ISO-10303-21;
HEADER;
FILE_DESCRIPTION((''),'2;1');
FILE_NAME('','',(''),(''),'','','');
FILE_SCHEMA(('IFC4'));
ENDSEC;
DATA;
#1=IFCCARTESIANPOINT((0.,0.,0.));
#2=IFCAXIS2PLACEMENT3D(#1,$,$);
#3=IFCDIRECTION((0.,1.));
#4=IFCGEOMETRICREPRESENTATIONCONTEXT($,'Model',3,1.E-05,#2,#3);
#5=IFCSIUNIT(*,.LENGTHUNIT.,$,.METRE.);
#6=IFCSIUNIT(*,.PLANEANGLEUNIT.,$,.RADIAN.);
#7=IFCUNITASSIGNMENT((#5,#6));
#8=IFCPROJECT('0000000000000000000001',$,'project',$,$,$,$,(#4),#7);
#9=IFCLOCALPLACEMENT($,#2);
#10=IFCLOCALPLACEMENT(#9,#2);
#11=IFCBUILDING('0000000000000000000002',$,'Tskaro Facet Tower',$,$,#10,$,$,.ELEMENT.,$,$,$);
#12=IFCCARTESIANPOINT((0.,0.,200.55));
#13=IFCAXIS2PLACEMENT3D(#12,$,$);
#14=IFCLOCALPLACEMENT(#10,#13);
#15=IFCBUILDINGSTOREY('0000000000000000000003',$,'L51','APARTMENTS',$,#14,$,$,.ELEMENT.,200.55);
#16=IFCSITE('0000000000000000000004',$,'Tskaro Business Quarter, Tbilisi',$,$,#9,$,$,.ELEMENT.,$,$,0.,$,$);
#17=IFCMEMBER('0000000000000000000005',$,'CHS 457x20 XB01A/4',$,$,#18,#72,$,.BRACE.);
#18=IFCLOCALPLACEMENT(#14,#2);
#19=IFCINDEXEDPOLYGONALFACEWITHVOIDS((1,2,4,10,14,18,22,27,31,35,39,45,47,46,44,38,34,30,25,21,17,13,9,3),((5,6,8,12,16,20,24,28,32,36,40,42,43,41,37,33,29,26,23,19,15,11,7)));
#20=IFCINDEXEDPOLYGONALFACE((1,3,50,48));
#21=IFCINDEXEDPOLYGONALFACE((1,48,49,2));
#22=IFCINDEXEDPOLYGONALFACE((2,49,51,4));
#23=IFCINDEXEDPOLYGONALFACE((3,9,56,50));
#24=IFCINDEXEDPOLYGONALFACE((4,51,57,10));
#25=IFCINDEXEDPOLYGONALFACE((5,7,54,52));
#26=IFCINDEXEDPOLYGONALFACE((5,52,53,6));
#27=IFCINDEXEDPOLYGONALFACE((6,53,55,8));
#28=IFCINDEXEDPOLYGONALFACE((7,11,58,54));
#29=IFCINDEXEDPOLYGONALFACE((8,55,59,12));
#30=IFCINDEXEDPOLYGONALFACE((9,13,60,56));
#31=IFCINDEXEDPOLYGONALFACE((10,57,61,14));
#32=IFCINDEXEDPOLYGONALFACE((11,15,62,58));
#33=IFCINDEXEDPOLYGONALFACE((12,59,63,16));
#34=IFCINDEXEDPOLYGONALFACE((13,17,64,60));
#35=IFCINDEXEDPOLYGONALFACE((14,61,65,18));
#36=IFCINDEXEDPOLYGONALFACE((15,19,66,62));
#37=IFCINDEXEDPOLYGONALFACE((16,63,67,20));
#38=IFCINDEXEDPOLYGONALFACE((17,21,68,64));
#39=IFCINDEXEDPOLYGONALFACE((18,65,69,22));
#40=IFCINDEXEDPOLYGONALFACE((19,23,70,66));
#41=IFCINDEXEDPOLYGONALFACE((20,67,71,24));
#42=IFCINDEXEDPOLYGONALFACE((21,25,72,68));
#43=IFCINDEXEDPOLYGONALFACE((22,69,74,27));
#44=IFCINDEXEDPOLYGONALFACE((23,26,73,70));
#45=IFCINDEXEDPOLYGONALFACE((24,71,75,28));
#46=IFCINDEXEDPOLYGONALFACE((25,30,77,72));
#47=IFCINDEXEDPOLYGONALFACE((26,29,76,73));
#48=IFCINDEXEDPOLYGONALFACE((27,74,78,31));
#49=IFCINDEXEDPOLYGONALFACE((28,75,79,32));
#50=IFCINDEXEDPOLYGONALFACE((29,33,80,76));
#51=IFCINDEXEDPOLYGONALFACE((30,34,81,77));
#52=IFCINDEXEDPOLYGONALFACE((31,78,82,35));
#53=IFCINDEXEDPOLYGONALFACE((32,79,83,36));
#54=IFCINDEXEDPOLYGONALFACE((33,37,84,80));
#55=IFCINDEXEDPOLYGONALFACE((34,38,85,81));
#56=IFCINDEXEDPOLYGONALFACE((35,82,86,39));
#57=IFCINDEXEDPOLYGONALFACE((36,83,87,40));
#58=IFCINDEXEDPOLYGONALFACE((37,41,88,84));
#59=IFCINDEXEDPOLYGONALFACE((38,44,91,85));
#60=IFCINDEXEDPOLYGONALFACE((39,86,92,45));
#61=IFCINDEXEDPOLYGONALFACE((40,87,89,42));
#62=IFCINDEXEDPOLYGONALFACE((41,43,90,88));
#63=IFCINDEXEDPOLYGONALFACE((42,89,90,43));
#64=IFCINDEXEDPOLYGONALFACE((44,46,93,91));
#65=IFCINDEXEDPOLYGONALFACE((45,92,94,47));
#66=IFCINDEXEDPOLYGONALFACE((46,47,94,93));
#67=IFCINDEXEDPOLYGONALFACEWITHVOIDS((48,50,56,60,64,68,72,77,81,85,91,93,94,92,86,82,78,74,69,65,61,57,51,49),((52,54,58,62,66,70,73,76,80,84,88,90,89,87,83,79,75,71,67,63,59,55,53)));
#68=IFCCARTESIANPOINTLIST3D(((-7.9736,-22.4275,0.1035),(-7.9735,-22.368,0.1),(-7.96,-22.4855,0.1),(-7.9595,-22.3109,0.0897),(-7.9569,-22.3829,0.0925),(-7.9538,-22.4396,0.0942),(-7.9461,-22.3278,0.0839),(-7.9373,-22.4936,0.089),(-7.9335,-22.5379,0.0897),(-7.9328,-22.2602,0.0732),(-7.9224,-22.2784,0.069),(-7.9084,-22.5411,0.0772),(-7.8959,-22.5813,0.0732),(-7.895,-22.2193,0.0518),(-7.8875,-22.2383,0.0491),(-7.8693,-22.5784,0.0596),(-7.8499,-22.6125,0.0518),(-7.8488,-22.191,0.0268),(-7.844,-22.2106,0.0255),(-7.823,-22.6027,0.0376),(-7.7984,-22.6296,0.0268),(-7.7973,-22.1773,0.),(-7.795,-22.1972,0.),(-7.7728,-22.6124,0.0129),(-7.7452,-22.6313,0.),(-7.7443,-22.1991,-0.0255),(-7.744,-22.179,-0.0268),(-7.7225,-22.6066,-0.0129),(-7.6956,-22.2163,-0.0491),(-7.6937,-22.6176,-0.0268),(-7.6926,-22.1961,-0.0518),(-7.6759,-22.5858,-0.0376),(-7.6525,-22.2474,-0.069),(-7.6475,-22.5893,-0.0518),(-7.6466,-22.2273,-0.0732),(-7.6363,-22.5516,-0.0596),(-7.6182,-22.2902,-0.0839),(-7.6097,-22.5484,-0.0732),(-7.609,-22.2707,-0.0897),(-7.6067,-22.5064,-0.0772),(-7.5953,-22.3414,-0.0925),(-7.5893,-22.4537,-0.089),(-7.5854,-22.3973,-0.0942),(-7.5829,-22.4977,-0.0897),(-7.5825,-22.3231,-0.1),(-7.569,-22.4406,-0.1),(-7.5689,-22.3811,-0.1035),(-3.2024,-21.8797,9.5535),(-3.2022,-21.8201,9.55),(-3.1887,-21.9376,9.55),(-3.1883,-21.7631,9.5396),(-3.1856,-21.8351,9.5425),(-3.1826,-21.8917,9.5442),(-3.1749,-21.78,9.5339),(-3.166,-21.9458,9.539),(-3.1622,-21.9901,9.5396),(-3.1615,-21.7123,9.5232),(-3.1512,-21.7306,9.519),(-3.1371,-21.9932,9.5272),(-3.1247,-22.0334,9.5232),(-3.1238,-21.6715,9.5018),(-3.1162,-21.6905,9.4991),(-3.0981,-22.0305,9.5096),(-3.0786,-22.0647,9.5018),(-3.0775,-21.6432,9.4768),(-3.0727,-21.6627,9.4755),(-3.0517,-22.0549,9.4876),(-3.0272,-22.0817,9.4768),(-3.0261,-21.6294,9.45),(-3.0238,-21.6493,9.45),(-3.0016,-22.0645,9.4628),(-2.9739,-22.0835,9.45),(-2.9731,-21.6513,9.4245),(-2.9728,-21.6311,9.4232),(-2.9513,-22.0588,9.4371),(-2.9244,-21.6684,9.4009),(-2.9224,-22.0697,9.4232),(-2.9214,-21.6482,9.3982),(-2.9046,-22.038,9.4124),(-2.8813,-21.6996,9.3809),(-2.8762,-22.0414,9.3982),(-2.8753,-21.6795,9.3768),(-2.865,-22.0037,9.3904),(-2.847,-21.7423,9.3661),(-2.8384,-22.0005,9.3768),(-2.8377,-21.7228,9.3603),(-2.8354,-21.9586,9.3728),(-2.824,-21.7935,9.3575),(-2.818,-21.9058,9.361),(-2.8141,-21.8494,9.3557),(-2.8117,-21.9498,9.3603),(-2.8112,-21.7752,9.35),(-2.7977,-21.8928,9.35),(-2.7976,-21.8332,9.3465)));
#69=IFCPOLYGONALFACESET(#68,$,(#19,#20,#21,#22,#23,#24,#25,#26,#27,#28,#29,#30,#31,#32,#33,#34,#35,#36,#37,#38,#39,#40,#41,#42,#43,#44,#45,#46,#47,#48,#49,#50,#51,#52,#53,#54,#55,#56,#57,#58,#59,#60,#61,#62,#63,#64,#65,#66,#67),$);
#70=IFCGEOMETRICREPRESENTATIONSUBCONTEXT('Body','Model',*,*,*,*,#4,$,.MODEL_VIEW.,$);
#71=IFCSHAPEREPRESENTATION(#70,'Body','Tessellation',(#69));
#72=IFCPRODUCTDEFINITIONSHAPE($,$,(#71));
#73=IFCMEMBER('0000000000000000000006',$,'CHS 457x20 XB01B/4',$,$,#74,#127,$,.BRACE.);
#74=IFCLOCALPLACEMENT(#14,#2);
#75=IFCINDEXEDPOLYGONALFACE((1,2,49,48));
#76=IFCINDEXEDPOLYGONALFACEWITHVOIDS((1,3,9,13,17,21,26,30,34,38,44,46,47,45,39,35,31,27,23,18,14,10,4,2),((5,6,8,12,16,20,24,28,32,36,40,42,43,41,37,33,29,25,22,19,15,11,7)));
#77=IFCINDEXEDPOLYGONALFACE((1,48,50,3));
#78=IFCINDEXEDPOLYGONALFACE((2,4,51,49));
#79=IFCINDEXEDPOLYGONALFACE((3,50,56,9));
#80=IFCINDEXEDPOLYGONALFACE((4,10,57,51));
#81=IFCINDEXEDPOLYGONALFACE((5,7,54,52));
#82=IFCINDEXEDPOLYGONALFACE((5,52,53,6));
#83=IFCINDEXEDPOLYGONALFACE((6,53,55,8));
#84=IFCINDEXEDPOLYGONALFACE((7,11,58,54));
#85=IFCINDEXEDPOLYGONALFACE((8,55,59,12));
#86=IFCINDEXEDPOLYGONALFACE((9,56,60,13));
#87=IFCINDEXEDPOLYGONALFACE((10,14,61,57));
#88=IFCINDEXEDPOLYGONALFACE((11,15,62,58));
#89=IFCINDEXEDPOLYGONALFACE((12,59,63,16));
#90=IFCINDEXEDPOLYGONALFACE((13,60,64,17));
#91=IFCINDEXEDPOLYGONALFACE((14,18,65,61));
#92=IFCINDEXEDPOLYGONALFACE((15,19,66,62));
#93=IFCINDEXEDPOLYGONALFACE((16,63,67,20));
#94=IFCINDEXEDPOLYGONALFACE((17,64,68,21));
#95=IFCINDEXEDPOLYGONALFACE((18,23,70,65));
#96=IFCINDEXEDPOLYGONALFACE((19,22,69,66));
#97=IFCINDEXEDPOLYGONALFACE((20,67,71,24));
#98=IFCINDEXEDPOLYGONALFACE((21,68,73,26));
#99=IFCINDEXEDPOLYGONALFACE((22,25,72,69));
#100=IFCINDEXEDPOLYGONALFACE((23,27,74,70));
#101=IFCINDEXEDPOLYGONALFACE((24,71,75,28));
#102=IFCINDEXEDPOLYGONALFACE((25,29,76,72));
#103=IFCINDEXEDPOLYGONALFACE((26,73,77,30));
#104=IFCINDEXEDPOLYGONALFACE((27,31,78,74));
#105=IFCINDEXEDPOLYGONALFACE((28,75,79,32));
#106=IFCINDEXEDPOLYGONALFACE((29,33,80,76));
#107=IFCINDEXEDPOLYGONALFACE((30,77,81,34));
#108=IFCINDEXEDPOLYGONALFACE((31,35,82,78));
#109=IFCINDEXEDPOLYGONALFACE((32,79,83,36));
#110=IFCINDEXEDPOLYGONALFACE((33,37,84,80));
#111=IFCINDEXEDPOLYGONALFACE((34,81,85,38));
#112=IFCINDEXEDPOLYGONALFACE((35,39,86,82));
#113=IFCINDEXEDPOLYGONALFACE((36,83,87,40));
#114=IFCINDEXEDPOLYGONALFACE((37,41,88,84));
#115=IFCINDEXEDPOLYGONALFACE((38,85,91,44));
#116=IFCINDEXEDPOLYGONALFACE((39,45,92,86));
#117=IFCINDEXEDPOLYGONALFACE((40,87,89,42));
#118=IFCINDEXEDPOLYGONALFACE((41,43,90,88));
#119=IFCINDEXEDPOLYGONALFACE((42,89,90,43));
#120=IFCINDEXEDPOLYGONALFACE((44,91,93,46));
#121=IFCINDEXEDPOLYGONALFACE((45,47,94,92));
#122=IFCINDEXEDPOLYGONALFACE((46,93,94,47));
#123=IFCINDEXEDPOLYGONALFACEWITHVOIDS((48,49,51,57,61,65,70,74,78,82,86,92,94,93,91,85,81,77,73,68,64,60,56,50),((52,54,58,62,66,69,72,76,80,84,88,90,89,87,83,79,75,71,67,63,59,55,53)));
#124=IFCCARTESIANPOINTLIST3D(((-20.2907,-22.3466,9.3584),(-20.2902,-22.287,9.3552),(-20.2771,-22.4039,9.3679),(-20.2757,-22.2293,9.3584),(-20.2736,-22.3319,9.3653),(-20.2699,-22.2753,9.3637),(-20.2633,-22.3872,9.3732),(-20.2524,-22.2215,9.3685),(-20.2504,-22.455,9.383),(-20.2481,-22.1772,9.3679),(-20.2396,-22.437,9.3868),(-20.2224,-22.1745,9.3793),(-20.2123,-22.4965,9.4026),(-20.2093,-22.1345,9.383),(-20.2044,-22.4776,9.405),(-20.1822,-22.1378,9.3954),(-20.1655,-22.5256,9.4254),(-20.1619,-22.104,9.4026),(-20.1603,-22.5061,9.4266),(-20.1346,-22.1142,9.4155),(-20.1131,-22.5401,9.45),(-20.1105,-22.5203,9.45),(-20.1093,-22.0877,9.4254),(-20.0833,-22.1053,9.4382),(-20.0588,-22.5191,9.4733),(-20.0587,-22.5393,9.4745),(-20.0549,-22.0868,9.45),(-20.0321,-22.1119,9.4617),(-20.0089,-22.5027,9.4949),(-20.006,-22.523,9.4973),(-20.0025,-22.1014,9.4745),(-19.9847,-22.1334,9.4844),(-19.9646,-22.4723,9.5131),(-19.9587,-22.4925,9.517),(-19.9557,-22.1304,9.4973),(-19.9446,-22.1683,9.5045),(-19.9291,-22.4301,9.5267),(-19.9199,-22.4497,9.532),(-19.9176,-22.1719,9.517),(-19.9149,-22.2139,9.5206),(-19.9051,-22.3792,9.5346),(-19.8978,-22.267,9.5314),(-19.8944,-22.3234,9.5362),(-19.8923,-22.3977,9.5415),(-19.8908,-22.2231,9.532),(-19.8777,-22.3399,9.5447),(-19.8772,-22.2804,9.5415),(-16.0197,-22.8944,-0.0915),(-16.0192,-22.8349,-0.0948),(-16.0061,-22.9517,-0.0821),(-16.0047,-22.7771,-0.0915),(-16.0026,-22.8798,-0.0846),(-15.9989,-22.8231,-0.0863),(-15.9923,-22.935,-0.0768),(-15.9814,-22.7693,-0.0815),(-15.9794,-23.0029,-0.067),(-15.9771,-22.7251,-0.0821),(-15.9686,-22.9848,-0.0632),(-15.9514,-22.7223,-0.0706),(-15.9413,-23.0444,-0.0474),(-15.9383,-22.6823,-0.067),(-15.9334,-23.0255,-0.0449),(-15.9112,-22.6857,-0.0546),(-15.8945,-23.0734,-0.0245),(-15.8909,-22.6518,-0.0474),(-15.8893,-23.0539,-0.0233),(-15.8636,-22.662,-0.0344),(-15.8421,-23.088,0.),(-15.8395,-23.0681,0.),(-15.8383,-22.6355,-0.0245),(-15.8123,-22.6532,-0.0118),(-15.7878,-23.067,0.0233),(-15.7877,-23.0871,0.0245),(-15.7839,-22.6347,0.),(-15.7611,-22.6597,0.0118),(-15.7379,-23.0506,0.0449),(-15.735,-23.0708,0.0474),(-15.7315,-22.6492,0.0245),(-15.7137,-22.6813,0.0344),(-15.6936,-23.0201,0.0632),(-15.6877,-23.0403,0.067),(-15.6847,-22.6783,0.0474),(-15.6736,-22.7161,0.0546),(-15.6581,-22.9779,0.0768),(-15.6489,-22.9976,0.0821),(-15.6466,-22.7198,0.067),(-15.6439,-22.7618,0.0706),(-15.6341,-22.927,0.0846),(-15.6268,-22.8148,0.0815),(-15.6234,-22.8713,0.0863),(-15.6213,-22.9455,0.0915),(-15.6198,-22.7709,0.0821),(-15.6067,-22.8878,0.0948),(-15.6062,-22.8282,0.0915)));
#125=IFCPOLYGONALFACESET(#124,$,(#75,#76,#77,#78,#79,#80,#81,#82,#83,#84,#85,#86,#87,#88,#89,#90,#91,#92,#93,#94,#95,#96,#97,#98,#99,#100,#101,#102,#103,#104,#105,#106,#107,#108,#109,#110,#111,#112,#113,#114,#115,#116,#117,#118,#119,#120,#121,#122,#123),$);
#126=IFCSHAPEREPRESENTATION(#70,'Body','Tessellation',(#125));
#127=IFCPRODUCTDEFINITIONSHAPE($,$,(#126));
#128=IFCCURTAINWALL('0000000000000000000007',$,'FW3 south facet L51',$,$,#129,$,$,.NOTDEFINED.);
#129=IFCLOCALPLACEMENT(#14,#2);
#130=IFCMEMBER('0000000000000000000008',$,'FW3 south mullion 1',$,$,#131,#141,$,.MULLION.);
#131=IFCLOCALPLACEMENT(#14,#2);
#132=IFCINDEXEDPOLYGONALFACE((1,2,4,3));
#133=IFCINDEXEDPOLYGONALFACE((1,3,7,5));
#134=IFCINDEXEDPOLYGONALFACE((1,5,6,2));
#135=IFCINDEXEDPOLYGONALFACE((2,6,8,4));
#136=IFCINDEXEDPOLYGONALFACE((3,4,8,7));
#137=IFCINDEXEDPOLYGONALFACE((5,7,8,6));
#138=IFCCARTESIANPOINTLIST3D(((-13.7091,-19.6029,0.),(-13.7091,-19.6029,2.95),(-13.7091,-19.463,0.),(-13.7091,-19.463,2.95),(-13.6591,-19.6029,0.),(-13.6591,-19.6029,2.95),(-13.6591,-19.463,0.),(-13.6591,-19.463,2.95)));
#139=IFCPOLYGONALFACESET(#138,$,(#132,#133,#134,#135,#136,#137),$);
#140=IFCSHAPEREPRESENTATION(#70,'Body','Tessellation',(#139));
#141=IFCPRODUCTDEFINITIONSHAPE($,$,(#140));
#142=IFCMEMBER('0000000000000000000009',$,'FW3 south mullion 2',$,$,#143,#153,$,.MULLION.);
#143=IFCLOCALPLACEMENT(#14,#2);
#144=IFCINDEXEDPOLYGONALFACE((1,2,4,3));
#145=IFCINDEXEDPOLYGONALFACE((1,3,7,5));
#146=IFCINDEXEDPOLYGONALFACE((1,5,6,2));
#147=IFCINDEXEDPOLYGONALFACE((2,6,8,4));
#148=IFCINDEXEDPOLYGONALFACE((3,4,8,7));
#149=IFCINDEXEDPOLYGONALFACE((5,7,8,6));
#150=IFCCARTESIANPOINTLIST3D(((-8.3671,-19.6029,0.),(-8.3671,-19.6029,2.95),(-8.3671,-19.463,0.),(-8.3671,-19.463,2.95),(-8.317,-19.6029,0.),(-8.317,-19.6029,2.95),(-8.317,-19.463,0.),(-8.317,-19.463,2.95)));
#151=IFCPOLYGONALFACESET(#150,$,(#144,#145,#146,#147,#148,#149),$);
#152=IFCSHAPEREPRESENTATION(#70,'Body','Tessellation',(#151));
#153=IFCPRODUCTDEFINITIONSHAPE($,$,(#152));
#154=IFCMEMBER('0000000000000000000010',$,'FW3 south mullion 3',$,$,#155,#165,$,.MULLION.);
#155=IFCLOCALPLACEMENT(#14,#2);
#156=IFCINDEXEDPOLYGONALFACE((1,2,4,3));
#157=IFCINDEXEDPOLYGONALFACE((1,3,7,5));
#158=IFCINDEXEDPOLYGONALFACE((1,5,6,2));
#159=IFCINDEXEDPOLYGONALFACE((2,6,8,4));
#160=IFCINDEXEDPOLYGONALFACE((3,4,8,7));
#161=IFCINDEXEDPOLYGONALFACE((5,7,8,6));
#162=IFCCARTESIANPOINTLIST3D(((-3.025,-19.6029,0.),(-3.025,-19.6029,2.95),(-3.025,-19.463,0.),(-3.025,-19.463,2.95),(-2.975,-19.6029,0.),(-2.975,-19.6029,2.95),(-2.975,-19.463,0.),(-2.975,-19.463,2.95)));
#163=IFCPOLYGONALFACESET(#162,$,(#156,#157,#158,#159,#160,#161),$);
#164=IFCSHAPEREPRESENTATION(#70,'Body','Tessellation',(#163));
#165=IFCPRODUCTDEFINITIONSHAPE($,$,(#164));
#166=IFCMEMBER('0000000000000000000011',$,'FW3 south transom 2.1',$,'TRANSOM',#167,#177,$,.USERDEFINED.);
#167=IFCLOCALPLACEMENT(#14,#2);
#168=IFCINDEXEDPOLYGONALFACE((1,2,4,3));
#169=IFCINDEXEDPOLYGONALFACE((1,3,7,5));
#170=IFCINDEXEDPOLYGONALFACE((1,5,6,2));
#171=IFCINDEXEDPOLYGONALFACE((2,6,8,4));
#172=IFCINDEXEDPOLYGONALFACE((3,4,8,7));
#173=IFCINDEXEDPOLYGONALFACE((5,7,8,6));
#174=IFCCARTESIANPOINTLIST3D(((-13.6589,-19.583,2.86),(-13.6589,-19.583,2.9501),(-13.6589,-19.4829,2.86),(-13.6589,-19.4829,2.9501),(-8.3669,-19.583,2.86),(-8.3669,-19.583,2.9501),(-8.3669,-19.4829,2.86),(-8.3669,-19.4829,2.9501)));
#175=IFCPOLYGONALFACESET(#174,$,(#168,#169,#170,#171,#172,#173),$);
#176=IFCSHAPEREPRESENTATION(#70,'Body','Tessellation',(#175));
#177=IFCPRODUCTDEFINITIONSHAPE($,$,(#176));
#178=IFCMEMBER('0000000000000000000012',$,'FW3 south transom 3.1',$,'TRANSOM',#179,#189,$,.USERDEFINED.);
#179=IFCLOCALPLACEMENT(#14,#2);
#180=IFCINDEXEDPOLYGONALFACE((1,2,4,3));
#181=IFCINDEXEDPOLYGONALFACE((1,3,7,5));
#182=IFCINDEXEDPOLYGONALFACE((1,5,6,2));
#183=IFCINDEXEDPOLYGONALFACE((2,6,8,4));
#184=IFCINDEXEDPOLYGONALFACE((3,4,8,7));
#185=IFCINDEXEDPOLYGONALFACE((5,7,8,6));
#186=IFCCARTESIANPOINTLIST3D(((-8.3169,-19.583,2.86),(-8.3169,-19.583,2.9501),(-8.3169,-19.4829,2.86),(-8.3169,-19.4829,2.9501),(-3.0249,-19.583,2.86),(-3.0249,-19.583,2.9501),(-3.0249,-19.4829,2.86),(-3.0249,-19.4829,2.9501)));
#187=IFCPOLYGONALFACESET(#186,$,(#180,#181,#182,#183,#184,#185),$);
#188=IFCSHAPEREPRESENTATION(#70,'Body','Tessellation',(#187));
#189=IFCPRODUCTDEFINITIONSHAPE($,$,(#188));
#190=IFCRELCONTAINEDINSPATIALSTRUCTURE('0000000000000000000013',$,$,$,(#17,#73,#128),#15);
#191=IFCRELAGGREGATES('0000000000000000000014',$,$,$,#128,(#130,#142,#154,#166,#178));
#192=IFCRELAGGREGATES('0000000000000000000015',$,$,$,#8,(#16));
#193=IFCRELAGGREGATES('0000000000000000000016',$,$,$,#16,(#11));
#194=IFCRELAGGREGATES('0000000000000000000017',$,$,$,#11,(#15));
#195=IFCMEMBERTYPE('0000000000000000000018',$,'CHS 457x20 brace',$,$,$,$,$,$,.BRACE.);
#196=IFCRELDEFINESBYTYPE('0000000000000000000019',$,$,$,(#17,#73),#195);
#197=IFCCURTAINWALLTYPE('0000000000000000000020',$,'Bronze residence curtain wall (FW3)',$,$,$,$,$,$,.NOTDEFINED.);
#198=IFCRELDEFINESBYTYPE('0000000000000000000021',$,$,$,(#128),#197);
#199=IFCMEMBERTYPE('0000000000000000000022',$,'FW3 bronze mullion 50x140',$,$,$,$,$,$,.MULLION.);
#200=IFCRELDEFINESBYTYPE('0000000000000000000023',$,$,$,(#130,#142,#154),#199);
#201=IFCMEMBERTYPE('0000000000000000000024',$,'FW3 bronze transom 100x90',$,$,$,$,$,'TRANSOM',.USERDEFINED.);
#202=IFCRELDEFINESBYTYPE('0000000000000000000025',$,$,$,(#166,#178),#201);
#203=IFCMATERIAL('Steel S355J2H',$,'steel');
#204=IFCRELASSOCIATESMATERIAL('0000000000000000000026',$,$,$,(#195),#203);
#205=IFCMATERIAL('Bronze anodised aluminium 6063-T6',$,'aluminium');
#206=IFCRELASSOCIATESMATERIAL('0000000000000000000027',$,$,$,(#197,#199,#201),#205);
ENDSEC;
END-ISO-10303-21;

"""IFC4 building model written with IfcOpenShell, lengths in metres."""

from ifc_helpers import new_model, si_unit, direction, frame, origin, origin_2d, place, context, subcontext, project, spatial, rectangle, hollow_circle, extrude, material, material_profile, profile_set, type_object, element, aggregate, save


model = new_model("IFC4")

# Units and contexts
model_context = context("Model", 3, precision=1e-05, world=origin(), true_north=direction((0.0, 1.0)))
body_context = subcontext(model_context, "Body", "Model", "MODEL_VIEW")
ifc_project = project(units=[si_unit("LENGTHUNIT", "METRE"), si_unit("PLANEANGLEUNIT", "RADIAN")], contexts=[model_context])

# Site, building, storey
site_placement = place(None, origin())
site = spatial("IfcSite", under=ifc_project, at=site_placement, Name="Tskaro Business Quarter, Tbilisi", CompositionType="ELEMENT", RefElevation=0.0)
building_placement = place(site_placement, origin())
building = spatial("IfcBuilding", under=site, at=building_placement, Name="Tskaro Facet Tower", CompositionType="ELEMENT")
storey_placement = place(building_placement, frame((0.0, 0.0, 200.55)))
storey = spatial("IfcBuildingStorey", under=building, at=storey_placement, Name="L51", Description="APARTMENTS", CompositionType="ELEMENT", Elevation=200.55)

# Shared definitions
ifc_material_1 = material(Name="Steel S355J2H", Category="steel")

# Members
ifc_material_profile_1 = material_profile(ifc_material_1, hollow_circle(Radius=0.2285, WallThickness=0.02, at=origin_2d()), Name="CHS 457x20")
ifc_profile_set_1 = profile_set([ifc_material_profile_1], Name="Steel S355J2H")
member_type_1 = type_object("IfcMemberType", Name="CHS 457x20 brace", PredefinedType="BRACE", material=ifc_profile_set_1)
member_1_placement = place(storey_placement, frame((-7.7712, -22.4043, 0.0), z_axis=(0.450104, 0.051683, 0.891479), x_axis=(-0.114074, 0.993472, 0.0)))
element("IfcMember", 1, at=member_1_placement, inside=storey, type_object=member_type_1, Name="CHS 457x20 XB01A/4", PredefinedType="BRACE", context=body_context, shape_type="SweptSolid", body=[
    extrude(hollow_circle(Radius=0.2285, WallThickness=0.02, at=origin_2d()), origin(), (0.0, 0.0, 1.0), 10.6003),
])
member_2_placement = place(storey_placement, frame((-15.813, -22.8613, 0.0), z_axis=(-0.411276, 0.052755, 0.909983), x_axis=(-0.12723, -0.991873, 0.0)))
element("IfcMember", 2, at=member_2_placement, inside=storey, type_object=member_type_1, Name="CHS 457x20 XB01B/4", PredefinedType="BRACE", context=body_context, shape_type="SweptSolid", body=[
    extrude(hollow_circle(Radius=0.2285, WallThickness=0.02, at=origin_2d()), origin(), (0.0, 0.0, 1.0), 10.3848),
])

# Curtain wall, members
ifc_material_2 = material(Name="Bronze anodised aluminium 6063-T6", Category="aluminium")
curtain_wall_type = type_object("IfcCurtainWallType", Name="Bronze residence curtain wall (FW3)", PredefinedType="NOTDEFINED", material=ifc_material_2)
curtain_wall_placement = place(storey_placement, origin())
curtain_wall = element("IfcCurtainWall", 3, at=curtain_wall_placement, inside=storey, type_object=curtain_wall_type, Name="FW3 south facet L51", PredefinedType="NOTDEFINED")
ifc_material_profile_2 = material_profile(ifc_material_2, rectangle(XDim=0.05, YDim=0.1399, at=origin_2d()), Name="Mullion 50x140")
ifc_profile_set_2 = profile_set([ifc_material_profile_2], Name="Bronze anodised aluminium 6063-T6")
member_type_2 = type_object("IfcMemberType", Name="FW3 bronze mullion 50x140", PredefinedType="MULLION", material=ifc_profile_set_2)
member_3_placement = place(storey_placement, frame((-13.6841, -19.533, 0.0), z_axis=(0.0, 0.0, 1.0), x_axis=(1.0, 0.0, 0.0)))
member_3 = element("IfcMember", 4, at=member_3_placement, type_object=member_type_2, Name="FW3 south mullion 1", PredefinedType="MULLION", context=body_context, shape_type="SweptSolid", body=[
    extrude(rectangle(XDim=0.05, YDim=0.1399, at=origin_2d()), origin(), (0.0, 0.0, 1.0), 2.95),
])
member_4_placement = place(storey_placement, frame((-8.342, -19.533, 0.0), z_axis=(0.0, 0.0, 1.0), x_axis=(1.0, 0.0, 0.0)))
member_4 = element("IfcMember", 5, at=member_4_placement, type_object=member_type_2, Name="FW3 south mullion 2", PredefinedType="MULLION", context=body_context, shape_type="SweptSolid", body=[
    extrude(rectangle(XDim=0.05, YDim=0.1399, at=origin_2d()), origin(), (0.0, 0.0, 1.0), 2.95),
])
member_5_placement = place(storey_placement, frame((-3.0, -19.533, 0.0), z_axis=(0.0, 0.0, 1.0), x_axis=(1.0, 0.0, 0.0)))
member_5 = element("IfcMember", 6, at=member_5_placement, type_object=member_type_2, Name="FW3 south mullion 3", PredefinedType="MULLION", context=body_context, shape_type="SweptSolid", body=[
    extrude(rectangle(XDim=0.05, YDim=0.1399, at=origin_2d()), origin(), (0.0, 0.0, 1.0), 2.95),
])
ifc_material_profile_3 = material_profile(ifc_material_2, rectangle(XDim=0.1001, YDim=0.0901, at=origin_2d()), Name="Transom 100x90")
ifc_profile_set_3 = profile_set([ifc_material_profile_3], Name="Bronze anodised aluminium 6063-T6")
member_type_3 = type_object("IfcMemberType", Name="FW3 bronze transom 100x90", ElementType="TRANSOM", PredefinedType="USERDEFINED", material=ifc_profile_set_3)
member_6_placement = place(storey_placement, frame((-13.6589, -19.533, 2.905), z_axis=(1.0, 0.0, 0.0), x_axis=(0.0, 1.0, 0.0)))
member_6 = element("IfcMember", 7, at=member_6_placement, type_object=member_type_3, Name="FW3 south transom 2.1", ObjectType="TRANSOM", PredefinedType="USERDEFINED", context=body_context, shape_type="SweptSolid", body=[
    extrude(rectangle(XDim=0.1001, YDim=0.0901, at=origin_2d()), origin(), (0.0, 0.0, 1.0), 5.292),
])
member_7_placement = place(storey_placement, frame((-8.3169, -19.533, 2.905), z_axis=(1.0, 0.0, 0.0), x_axis=(0.0, 1.0, 0.0)))
member_7 = element("IfcMember", 8, at=member_7_placement, type_object=member_type_3, Name="FW3 south transom 3.1", ObjectType="TRANSOM", PredefinedType="USERDEFINED", context=body_context, shape_type="SweptSolid", body=[
    extrude(rectangle(XDim=0.1001, YDim=0.0901, at=origin_2d()), origin(), (0.0, 0.0, 1.0), 5.292),
])

aggregate(curtain_wall, [member_3, member_4, member_5, member_6, member_7])

save(model, "model.ifc")
